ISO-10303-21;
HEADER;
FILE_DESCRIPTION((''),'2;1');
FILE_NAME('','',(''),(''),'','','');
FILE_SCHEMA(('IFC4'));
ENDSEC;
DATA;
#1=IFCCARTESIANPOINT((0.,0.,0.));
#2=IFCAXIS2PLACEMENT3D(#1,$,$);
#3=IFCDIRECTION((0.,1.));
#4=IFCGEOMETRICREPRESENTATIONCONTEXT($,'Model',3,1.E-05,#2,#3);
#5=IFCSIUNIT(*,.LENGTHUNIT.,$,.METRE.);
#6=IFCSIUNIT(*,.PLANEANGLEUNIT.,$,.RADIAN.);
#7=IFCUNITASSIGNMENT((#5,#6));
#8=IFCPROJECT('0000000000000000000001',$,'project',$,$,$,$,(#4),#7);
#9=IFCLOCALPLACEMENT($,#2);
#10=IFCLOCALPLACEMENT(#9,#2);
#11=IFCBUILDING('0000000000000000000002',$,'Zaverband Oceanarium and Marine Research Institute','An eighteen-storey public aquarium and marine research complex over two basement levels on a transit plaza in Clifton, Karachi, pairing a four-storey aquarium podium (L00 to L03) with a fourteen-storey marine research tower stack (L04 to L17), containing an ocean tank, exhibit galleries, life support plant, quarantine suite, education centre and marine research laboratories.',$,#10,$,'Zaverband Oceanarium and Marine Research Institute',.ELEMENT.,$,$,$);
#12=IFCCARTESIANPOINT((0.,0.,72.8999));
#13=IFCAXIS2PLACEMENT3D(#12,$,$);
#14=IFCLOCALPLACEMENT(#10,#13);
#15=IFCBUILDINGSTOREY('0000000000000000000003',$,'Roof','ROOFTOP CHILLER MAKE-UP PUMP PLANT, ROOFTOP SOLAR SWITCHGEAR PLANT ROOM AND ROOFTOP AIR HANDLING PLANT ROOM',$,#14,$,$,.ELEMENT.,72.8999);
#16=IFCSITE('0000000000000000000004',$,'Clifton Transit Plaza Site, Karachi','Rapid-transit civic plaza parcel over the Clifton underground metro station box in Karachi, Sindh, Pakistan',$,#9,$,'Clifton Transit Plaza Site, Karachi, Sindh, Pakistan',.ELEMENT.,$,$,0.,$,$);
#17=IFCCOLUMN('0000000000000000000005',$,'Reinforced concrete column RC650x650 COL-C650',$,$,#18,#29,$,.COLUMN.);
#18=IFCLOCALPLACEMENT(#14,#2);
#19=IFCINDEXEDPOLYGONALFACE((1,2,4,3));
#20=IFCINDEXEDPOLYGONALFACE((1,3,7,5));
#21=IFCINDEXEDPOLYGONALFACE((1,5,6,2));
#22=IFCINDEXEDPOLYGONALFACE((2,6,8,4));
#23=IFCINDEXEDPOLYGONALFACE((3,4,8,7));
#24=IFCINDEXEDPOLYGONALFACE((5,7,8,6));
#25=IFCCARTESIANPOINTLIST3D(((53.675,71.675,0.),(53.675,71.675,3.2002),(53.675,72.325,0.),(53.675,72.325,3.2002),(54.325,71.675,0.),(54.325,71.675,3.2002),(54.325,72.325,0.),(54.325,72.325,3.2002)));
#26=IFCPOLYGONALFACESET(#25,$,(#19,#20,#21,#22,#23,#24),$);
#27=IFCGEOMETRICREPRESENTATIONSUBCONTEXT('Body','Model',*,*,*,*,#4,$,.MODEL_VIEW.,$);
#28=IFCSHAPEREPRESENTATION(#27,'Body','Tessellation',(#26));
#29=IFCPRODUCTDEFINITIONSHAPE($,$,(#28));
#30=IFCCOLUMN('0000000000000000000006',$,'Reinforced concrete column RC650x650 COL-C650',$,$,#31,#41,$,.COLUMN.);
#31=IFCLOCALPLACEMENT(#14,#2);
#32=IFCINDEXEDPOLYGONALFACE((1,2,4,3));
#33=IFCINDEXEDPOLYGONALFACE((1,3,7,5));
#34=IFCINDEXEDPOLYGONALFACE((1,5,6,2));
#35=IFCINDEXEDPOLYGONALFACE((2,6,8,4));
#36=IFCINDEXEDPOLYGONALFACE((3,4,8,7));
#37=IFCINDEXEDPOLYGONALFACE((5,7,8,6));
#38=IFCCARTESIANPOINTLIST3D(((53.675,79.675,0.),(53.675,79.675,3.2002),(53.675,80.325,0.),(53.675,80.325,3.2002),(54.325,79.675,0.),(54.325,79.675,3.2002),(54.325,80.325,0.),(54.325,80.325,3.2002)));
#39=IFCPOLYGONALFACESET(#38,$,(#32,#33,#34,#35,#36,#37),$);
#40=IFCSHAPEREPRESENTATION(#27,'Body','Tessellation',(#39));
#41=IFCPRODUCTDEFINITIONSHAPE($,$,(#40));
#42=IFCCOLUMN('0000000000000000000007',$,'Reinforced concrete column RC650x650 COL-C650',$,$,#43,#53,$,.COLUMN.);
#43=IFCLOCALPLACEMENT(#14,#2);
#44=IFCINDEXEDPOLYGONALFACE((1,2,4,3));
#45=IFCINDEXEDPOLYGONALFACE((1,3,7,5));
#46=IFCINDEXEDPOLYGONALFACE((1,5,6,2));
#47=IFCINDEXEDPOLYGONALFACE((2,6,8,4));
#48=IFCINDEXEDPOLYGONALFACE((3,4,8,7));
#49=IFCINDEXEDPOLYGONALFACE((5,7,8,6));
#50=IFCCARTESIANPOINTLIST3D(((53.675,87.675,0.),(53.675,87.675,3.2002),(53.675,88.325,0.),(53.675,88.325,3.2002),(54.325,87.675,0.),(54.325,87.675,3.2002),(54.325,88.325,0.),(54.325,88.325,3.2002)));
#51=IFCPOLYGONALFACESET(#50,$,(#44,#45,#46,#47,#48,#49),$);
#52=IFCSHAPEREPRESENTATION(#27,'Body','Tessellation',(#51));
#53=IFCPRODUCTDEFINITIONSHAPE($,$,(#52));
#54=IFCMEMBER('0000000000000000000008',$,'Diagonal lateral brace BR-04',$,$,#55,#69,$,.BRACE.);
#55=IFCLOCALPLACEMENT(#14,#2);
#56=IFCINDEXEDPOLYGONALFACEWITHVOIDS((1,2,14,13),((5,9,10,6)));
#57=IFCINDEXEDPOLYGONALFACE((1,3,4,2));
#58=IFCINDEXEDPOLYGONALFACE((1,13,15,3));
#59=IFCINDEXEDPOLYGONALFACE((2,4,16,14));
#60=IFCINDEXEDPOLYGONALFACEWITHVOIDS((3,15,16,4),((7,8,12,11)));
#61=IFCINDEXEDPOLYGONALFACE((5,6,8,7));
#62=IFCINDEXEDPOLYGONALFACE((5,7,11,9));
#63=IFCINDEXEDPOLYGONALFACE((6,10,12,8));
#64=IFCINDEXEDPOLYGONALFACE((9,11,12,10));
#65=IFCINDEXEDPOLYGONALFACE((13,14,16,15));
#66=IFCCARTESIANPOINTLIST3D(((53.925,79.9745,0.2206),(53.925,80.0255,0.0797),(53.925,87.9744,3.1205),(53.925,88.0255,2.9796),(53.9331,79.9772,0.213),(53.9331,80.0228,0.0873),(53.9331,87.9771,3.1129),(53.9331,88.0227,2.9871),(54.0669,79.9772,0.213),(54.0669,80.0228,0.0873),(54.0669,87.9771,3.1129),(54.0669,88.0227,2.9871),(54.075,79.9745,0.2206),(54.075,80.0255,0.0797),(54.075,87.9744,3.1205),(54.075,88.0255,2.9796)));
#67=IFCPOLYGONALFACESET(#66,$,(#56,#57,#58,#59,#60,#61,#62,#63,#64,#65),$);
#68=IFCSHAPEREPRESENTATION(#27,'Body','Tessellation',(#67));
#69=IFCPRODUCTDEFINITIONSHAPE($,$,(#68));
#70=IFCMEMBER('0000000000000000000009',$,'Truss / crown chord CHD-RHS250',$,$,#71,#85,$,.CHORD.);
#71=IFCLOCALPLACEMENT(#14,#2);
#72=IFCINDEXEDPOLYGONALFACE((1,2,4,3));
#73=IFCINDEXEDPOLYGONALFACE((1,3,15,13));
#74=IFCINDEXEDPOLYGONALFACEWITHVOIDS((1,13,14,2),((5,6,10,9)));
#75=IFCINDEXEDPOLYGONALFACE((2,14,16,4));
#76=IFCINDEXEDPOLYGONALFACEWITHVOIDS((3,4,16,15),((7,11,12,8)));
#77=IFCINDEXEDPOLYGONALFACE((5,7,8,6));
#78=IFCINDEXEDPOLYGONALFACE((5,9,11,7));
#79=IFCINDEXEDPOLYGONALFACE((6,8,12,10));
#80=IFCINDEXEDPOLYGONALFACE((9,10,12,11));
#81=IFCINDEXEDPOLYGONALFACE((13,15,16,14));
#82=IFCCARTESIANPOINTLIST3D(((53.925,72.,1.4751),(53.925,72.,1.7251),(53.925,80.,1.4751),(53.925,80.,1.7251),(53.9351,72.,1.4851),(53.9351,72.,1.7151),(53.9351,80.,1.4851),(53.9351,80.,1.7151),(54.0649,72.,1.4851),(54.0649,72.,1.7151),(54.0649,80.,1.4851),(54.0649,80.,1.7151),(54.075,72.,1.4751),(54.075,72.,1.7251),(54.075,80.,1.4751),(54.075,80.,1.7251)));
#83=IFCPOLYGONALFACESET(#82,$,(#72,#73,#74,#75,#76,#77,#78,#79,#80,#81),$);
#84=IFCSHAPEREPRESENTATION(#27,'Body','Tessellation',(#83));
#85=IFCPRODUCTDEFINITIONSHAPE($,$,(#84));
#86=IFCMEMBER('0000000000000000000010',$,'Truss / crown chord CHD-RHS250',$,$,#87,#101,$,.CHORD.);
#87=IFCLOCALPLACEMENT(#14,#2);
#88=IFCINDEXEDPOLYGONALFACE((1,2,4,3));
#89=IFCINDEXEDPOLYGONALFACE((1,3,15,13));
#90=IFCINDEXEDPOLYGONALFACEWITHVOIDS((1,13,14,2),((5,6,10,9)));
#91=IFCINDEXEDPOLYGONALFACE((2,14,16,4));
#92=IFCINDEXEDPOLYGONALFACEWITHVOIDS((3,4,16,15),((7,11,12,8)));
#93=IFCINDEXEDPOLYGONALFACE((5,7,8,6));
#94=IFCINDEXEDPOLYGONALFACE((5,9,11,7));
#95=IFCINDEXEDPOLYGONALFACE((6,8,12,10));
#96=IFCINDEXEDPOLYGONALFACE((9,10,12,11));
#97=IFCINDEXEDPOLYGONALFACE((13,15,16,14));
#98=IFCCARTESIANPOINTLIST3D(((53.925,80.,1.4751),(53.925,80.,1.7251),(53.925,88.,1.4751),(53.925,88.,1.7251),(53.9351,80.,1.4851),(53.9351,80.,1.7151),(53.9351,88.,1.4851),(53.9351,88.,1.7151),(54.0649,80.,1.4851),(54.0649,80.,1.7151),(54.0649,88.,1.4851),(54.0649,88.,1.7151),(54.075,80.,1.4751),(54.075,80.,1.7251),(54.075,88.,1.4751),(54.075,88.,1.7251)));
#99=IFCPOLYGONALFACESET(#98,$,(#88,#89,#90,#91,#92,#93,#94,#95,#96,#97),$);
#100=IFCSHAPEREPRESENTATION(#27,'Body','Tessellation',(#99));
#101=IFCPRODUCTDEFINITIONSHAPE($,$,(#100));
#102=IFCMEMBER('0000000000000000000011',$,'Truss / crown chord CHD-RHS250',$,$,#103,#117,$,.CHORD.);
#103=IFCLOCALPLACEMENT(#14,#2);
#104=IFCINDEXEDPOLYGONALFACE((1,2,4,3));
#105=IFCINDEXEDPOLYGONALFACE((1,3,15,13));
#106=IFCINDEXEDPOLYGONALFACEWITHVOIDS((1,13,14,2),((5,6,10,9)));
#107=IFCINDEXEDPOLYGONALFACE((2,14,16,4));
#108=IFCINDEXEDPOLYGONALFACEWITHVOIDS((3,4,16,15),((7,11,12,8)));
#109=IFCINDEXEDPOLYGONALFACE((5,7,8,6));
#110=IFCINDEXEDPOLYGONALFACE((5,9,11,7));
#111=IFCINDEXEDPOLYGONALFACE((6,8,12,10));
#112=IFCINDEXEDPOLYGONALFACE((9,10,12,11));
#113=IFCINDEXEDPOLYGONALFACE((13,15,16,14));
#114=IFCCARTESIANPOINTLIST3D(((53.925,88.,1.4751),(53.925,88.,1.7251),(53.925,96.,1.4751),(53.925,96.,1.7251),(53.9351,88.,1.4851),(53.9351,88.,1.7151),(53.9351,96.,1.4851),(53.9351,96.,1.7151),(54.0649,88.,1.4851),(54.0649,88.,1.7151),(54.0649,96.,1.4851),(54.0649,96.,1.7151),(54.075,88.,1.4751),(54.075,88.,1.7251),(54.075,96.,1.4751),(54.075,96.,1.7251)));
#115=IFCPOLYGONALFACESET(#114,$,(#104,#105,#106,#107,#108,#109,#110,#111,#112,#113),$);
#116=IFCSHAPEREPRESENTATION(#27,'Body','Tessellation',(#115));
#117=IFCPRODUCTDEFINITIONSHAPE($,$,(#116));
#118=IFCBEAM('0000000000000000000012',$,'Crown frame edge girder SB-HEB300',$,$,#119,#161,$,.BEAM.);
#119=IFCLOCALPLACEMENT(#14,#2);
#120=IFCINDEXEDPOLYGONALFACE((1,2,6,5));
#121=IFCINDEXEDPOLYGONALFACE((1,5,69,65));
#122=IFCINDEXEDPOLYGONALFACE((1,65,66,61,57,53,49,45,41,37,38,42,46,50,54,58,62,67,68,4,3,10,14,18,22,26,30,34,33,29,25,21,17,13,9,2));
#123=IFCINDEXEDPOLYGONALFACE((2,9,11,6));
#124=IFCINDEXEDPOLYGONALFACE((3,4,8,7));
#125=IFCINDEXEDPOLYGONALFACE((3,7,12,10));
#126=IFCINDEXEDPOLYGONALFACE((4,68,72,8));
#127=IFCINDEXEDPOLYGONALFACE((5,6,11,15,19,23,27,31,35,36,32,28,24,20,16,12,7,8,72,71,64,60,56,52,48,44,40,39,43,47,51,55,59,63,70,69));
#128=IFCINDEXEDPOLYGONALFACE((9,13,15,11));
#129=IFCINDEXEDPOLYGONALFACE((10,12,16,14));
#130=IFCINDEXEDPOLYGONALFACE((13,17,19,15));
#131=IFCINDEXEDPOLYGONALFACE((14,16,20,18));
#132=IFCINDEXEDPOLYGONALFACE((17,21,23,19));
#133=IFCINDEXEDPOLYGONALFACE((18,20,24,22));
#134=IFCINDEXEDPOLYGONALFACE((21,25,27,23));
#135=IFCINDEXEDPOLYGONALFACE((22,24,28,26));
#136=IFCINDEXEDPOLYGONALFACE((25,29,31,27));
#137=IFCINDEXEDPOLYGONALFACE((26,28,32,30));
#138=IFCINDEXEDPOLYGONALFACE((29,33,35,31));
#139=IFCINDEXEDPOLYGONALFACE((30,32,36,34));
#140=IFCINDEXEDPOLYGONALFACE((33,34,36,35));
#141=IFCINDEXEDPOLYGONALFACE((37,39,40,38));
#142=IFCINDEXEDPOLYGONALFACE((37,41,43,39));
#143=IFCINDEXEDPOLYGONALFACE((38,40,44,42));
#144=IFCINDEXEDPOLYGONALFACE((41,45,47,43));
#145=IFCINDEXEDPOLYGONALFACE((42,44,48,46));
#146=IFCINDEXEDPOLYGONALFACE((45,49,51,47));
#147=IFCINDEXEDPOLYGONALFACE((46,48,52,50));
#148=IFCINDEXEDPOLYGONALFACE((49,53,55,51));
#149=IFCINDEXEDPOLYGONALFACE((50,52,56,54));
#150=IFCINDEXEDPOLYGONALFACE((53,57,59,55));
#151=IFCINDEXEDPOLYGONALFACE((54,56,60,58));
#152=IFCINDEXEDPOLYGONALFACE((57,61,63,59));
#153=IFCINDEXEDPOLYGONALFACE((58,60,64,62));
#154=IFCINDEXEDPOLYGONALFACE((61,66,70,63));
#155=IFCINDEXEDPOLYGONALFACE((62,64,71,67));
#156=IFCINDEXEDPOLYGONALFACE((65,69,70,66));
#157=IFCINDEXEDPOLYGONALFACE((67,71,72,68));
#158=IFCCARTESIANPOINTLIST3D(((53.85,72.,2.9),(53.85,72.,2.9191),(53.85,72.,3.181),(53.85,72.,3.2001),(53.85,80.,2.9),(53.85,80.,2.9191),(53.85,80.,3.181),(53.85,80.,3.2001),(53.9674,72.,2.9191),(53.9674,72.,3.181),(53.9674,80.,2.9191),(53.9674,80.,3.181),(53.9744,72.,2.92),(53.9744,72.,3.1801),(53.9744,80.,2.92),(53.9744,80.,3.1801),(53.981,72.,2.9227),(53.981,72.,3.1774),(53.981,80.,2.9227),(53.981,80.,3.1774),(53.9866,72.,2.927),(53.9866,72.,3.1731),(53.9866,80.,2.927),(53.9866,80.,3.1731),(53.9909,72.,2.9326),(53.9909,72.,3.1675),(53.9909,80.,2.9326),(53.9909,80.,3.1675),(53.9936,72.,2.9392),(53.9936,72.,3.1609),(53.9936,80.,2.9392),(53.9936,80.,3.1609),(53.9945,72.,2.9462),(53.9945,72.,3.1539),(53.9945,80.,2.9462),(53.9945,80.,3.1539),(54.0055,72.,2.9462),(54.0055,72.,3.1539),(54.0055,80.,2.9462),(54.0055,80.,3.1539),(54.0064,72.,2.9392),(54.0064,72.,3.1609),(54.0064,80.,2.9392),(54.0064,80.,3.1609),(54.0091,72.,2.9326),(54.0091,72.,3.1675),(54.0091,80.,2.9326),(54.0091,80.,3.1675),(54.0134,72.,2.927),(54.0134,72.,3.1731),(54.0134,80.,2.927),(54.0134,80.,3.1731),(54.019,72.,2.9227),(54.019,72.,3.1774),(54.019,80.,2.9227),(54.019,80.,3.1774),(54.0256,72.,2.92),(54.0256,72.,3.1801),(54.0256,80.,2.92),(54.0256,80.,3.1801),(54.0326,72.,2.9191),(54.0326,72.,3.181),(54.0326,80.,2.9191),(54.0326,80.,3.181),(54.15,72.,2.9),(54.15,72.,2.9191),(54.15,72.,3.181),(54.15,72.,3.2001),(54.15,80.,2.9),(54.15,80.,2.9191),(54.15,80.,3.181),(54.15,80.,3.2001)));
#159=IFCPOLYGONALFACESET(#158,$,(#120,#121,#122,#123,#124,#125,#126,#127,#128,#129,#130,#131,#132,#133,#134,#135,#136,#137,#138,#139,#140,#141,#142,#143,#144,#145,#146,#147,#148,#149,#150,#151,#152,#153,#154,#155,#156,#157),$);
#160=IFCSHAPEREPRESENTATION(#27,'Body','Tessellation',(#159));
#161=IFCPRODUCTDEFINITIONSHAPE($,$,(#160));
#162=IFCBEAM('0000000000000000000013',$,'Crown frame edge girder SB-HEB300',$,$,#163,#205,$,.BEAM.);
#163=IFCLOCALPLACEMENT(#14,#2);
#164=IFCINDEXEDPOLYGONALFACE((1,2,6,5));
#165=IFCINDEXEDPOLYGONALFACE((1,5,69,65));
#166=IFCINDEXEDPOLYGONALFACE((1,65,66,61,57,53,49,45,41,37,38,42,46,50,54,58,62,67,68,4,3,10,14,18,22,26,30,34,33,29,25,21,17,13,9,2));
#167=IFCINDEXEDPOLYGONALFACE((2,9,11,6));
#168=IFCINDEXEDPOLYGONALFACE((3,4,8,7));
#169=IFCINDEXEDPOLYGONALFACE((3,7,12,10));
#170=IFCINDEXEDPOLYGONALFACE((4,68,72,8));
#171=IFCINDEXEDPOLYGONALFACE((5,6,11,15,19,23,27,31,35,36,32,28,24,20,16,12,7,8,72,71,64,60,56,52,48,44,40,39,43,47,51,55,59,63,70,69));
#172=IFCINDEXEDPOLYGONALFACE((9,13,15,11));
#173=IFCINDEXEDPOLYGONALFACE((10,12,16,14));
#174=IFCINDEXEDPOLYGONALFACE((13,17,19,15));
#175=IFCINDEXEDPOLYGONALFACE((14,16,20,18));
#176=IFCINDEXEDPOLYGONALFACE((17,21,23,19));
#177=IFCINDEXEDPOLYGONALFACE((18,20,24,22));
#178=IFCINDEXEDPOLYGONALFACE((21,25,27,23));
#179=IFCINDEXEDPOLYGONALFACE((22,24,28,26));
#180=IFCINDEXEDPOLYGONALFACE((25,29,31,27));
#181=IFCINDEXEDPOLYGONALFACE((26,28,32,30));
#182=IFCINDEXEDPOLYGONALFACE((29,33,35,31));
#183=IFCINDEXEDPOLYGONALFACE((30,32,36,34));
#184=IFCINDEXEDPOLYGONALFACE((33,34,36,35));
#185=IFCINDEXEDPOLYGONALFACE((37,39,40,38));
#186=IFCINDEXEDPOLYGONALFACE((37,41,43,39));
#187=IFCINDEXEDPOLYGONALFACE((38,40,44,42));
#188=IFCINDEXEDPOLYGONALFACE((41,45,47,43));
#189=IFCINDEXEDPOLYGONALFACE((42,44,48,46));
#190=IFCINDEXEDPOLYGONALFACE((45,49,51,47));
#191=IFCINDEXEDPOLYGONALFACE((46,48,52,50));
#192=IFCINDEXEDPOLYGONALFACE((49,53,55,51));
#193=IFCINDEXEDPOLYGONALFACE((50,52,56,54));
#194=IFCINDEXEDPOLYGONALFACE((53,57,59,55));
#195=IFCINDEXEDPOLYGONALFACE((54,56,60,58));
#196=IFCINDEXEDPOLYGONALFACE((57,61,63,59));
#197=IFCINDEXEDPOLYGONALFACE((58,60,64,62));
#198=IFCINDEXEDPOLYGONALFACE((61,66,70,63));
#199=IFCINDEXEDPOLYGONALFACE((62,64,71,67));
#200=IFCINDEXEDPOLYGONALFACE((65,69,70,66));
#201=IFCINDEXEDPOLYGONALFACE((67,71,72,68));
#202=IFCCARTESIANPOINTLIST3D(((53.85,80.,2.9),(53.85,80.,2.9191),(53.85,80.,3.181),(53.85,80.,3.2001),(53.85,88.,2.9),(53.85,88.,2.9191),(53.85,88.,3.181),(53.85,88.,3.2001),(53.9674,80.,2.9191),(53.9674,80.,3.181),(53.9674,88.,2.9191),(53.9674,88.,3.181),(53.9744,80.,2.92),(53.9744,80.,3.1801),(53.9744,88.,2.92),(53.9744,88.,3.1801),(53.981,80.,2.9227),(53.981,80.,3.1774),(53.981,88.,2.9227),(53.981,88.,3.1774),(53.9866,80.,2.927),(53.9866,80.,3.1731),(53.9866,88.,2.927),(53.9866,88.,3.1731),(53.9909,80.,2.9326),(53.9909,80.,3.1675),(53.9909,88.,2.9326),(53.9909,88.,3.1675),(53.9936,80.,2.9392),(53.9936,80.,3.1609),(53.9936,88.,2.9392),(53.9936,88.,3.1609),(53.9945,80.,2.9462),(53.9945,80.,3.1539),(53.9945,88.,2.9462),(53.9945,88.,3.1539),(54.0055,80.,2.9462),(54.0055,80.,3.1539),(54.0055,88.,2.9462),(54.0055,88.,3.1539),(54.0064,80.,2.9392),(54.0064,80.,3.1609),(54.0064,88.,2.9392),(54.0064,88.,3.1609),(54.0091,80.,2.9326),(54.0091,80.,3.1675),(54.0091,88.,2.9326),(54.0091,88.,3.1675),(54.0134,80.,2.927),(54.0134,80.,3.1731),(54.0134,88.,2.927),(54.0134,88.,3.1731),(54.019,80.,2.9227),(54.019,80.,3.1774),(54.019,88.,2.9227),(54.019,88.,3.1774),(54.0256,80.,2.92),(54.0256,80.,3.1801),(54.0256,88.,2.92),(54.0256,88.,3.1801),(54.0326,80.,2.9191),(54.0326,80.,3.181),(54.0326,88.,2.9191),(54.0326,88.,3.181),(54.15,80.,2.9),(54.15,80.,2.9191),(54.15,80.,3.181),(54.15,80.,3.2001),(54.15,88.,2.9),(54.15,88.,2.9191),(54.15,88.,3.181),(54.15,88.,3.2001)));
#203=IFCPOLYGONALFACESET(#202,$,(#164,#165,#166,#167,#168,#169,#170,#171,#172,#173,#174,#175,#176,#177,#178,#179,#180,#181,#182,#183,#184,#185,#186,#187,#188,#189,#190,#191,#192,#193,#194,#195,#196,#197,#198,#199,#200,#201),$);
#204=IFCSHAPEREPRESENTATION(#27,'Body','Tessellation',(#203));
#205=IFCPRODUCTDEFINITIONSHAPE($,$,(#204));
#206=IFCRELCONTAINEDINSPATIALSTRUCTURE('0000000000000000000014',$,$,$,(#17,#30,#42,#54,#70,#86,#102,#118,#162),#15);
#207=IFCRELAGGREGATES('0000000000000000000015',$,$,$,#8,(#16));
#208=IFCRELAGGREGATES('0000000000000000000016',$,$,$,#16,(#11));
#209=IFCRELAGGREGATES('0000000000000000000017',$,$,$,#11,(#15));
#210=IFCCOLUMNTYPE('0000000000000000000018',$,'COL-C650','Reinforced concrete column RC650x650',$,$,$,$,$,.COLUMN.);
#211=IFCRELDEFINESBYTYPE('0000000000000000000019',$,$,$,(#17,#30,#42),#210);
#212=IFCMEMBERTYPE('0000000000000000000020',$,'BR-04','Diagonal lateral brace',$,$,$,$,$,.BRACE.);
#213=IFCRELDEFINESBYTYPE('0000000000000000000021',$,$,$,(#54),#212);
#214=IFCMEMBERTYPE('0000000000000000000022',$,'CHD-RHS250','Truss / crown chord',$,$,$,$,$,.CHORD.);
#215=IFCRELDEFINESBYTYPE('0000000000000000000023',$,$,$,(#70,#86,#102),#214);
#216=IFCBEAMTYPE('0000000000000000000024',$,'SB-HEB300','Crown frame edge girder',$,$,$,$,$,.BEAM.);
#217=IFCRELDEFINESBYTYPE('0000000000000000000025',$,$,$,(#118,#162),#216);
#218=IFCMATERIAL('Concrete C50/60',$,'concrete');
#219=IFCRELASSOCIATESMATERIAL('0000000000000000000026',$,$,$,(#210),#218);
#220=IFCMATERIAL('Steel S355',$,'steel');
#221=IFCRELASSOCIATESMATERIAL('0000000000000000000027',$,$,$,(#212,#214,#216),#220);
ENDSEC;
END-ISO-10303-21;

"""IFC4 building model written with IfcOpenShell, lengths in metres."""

from ifc_helpers import new_model, si_unit, direction, frame, origin, origin_2d, place, context, subcontext, project, spatial, rectangle, hollow_rectangle, i_section, extrude, material, material_profile, profile_set, type_object, element, save


model = new_model("IFC4")

# Units and contexts
model_context = context("Model", 3, precision=1e-05, world=origin(), true_north=direction((0.0, 1.0)))
body_context = subcontext(model_context, "Body", "Model", "MODEL_VIEW")
ifc_project = project(units=[si_unit("LENGTHUNIT", "METRE"), si_unit("PLANEANGLEUNIT", "RADIAN")], contexts=[model_context])

# Site, building, storey
site_placement = place(None, origin())
site = spatial("IfcSite", under=ifc_project, at=site_placement, Name="Clifton Transit Plaza Site, Karachi", Description="Rapid-transit civic plaza parcel over the Clifton underground metro station box in Karachi, Sindh, Pakistan", LongName="Clifton Transit Plaza Site, Karachi, Sindh, Pakistan", CompositionType="ELEMENT", RefElevation=0.0)
building_placement = place(site_placement, origin())
building = spatial("IfcBuilding", under=site, at=building_placement, Name="Zaverband Oceanarium and Marine Research Institute", Description="An eighteen-storey public aquarium and marine research complex over two basement levels on a transit plaza in Clifton, Karachi, pairing a four-storey aquarium podium (L00 to L03) with a fourteen-storey marine research tower stack (L04 to L17), containing an ocean tank, exhibit galleries, life support plant, quarantine suite, education centre and marine research laboratories.", LongName="Zaverband Oceanarium and Marine Research Institute", CompositionType="ELEMENT")
storey_placement = place(building_placement, frame((0.0, 0.0, 72.8999)))
storey = spatial("IfcBuildingStorey", under=building, at=storey_placement, Name="Roof", Description="ROOFTOP CHILLER MAKE-UP PUMP PLANT, ROOFTOP SOLAR SWITCHGEAR PLANT ROOM AND ROOFTOP AIR HANDLING PLANT ROOM", CompositionType="ELEMENT", Elevation=72.8999)

# Columns
ifc_material_1 = material(Name="Concrete C50/60", Category="concrete")
ifc_material_profile_1 = material_profile(ifc_material_1, rectangle(XDim=0.6499, YDim=0.6499, at=origin_2d()), Name="RC650x650")
ifc_profile_set_1 = profile_set([ifc_material_profile_1], Name="Concrete C50/60")
column_type = type_object("IfcColumnType", Name="COL-C650", Description="Reinforced concrete column RC650x650", PredefinedType="COLUMN", material=ifc_profile_set_1)
for number, where, z_axis, x_axis, name in (
    (1, (54.0, 72.0, 0.0), (0.0, 0.0, 1.0), (1.0, 0.0, 0.0), "Reinforced concrete column RC650x650 COL-C650"),
    (2, (54.0, 80.0, 0.0), (0.0, 0.0, 1.0), (1.0, 0.0, 0.0), "Reinforced concrete column RC650x650 COL-C650"),
    (3, (54.0, 88.0, 0.0), (0.0, 0.0, 1.0), (1.0, 0.0, 0.0), "Reinforced concrete column RC650x650 COL-C650"),
):
    element("IfcColumn", number, at=place(storey_placement, frame(where, z_axis=z_axis, x_axis=x_axis)), inside=storey, type_object=column_type, Name=name, PredefinedType="COLUMN", context=body_context, shape_type="SweptSolid", body=[
        extrude(rectangle(XDim=0.6499, YDim=0.6499, at=origin_2d()), origin(), (0.0, 0.0, 1.0), 3.2002),
    ])

# Members
ifc_material_2 = material(Name="Steel S355", Category="steel")
ifc_material_profile_2 = material_profile(ifc_material_2, hollow_rectangle(XDim=0.1499, YDim=0.1499, WallThickness=0.0081, at=origin_2d()), Name="SHS150x150x8")
ifc_profile_set_2 = profile_set([ifc_material_profile_2], Name="Steel S355")
member_type_1 = type_object("IfcMemberType", Name="BR-04", Description="Diagonal lateral brace", PredefinedType="BRACE", material=ifc_profile_set_2)
member_1_placement = place(storey_placement, frame((54.0, 80.0, 0.1501), z_axis=(0.0, 0.94014, 0.340789), x_axis=(-1.0, 0.0, 0.0)))
element("IfcMember", 4, at=member_1_placement, inside=storey, type_object=member_type_1, Name="Diagonal lateral brace BR-04", PredefinedType="BRACE", context=body_context, shape_type="SweptSolid", body=[
    extrude(hollow_rectangle(XDim=0.1499, YDim=0.1499, WallThickness=0.0081, at=origin_2d()), origin(), (0.0, 0.0, 1.0), 8.5093),
])
ifc_material_profile_3 = material_profile(ifc_material_2, hollow_rectangle(XDim=0.1499, YDim=0.25, WallThickness=0.01, at=origin_2d()), Name="RHS250x150x10")
ifc_profile_set_3 = profile_set([ifc_material_profile_3], Name="Steel S355")
member_type_2 = type_object("IfcMemberType", Name="CHD-RHS250", Description="Truss / crown chord", PredefinedType="CHORD", material=ifc_profile_set_3)
for number, where, z_axis, x_axis, name in (
    (5, (54.0, 72.0, 1.6001), (0.0, 1.0, 0.0), (-1.0, 0.0, 0.0), "Truss / crown chord CHD-RHS250"),
    (6, (54.0, 80.0, 1.6001), (0.0, 1.0, 0.0), (-1.0, 0.0, 0.0), "Truss / crown chord CHD-RHS250"),
    (7, (54.0, 88.0, 1.6001), (0.0, 1.0, 0.0), (-1.0, 0.0, 0.0), "Truss / crown chord CHD-RHS250"),
):
    element("IfcMember", number, at=place(storey_placement, frame(where, z_axis=z_axis, x_axis=x_axis)), inside=storey, type_object=member_type_2, Name=name, PredefinedType="CHORD", context=body_context, shape_type="SweptSolid", body=[
        extrude(hollow_rectangle(XDim=0.1499, YDim=0.25, WallThickness=0.01, at=origin_2d()), origin(), (0.0, 0.0, 1.0), 8.0),
    ])

# Beams
ifc_material_profile_4 = material_profile(ifc_material_2, i_section(OverallWidth=0.3, OverallDepth=0.3, WebThickness=0.011, FlangeThickness=0.019, FilletRadius=0.0271, at=origin_2d()), Name="HEB300")
ifc_profile_set_4 = profile_set([ifc_material_profile_4], Name="Steel S355")
beam_type = type_object("IfcBeamType", Name="SB-HEB300", Description="Crown frame edge girder", PredefinedType="BEAM", material=ifc_profile_set_4)
for number, where, z_axis, x_axis, name in (
    (8, (54.0, 72.0, 3.05), (0.0, 1.0, 0.0), (-1.0, 0.0, 0.0), "Crown frame edge girder SB-HEB300"),
    (9, (54.0, 80.0, 3.05), (0.0, 1.0, 0.0), (-1.0, 0.0, 0.0), "Crown frame edge girder SB-HEB300"),
):
    element("IfcBeam", number, at=place(storey_placement, frame(where, z_axis=z_axis, x_axis=x_axis)), inside=storey, type_object=beam_type, Name=name, PredefinedType="BEAM", context=body_context, shape_type="SweptSolid", body=[
        extrude(i_section(OverallWidth=0.3, OverallDepth=0.3, WebThickness=0.011, FlangeThickness=0.019, FilletRadius=0.0271, at=origin_2d()), origin(), (0.0, 0.0, 1.0), 8.0),
    ])

save(model, "model.ifc")
